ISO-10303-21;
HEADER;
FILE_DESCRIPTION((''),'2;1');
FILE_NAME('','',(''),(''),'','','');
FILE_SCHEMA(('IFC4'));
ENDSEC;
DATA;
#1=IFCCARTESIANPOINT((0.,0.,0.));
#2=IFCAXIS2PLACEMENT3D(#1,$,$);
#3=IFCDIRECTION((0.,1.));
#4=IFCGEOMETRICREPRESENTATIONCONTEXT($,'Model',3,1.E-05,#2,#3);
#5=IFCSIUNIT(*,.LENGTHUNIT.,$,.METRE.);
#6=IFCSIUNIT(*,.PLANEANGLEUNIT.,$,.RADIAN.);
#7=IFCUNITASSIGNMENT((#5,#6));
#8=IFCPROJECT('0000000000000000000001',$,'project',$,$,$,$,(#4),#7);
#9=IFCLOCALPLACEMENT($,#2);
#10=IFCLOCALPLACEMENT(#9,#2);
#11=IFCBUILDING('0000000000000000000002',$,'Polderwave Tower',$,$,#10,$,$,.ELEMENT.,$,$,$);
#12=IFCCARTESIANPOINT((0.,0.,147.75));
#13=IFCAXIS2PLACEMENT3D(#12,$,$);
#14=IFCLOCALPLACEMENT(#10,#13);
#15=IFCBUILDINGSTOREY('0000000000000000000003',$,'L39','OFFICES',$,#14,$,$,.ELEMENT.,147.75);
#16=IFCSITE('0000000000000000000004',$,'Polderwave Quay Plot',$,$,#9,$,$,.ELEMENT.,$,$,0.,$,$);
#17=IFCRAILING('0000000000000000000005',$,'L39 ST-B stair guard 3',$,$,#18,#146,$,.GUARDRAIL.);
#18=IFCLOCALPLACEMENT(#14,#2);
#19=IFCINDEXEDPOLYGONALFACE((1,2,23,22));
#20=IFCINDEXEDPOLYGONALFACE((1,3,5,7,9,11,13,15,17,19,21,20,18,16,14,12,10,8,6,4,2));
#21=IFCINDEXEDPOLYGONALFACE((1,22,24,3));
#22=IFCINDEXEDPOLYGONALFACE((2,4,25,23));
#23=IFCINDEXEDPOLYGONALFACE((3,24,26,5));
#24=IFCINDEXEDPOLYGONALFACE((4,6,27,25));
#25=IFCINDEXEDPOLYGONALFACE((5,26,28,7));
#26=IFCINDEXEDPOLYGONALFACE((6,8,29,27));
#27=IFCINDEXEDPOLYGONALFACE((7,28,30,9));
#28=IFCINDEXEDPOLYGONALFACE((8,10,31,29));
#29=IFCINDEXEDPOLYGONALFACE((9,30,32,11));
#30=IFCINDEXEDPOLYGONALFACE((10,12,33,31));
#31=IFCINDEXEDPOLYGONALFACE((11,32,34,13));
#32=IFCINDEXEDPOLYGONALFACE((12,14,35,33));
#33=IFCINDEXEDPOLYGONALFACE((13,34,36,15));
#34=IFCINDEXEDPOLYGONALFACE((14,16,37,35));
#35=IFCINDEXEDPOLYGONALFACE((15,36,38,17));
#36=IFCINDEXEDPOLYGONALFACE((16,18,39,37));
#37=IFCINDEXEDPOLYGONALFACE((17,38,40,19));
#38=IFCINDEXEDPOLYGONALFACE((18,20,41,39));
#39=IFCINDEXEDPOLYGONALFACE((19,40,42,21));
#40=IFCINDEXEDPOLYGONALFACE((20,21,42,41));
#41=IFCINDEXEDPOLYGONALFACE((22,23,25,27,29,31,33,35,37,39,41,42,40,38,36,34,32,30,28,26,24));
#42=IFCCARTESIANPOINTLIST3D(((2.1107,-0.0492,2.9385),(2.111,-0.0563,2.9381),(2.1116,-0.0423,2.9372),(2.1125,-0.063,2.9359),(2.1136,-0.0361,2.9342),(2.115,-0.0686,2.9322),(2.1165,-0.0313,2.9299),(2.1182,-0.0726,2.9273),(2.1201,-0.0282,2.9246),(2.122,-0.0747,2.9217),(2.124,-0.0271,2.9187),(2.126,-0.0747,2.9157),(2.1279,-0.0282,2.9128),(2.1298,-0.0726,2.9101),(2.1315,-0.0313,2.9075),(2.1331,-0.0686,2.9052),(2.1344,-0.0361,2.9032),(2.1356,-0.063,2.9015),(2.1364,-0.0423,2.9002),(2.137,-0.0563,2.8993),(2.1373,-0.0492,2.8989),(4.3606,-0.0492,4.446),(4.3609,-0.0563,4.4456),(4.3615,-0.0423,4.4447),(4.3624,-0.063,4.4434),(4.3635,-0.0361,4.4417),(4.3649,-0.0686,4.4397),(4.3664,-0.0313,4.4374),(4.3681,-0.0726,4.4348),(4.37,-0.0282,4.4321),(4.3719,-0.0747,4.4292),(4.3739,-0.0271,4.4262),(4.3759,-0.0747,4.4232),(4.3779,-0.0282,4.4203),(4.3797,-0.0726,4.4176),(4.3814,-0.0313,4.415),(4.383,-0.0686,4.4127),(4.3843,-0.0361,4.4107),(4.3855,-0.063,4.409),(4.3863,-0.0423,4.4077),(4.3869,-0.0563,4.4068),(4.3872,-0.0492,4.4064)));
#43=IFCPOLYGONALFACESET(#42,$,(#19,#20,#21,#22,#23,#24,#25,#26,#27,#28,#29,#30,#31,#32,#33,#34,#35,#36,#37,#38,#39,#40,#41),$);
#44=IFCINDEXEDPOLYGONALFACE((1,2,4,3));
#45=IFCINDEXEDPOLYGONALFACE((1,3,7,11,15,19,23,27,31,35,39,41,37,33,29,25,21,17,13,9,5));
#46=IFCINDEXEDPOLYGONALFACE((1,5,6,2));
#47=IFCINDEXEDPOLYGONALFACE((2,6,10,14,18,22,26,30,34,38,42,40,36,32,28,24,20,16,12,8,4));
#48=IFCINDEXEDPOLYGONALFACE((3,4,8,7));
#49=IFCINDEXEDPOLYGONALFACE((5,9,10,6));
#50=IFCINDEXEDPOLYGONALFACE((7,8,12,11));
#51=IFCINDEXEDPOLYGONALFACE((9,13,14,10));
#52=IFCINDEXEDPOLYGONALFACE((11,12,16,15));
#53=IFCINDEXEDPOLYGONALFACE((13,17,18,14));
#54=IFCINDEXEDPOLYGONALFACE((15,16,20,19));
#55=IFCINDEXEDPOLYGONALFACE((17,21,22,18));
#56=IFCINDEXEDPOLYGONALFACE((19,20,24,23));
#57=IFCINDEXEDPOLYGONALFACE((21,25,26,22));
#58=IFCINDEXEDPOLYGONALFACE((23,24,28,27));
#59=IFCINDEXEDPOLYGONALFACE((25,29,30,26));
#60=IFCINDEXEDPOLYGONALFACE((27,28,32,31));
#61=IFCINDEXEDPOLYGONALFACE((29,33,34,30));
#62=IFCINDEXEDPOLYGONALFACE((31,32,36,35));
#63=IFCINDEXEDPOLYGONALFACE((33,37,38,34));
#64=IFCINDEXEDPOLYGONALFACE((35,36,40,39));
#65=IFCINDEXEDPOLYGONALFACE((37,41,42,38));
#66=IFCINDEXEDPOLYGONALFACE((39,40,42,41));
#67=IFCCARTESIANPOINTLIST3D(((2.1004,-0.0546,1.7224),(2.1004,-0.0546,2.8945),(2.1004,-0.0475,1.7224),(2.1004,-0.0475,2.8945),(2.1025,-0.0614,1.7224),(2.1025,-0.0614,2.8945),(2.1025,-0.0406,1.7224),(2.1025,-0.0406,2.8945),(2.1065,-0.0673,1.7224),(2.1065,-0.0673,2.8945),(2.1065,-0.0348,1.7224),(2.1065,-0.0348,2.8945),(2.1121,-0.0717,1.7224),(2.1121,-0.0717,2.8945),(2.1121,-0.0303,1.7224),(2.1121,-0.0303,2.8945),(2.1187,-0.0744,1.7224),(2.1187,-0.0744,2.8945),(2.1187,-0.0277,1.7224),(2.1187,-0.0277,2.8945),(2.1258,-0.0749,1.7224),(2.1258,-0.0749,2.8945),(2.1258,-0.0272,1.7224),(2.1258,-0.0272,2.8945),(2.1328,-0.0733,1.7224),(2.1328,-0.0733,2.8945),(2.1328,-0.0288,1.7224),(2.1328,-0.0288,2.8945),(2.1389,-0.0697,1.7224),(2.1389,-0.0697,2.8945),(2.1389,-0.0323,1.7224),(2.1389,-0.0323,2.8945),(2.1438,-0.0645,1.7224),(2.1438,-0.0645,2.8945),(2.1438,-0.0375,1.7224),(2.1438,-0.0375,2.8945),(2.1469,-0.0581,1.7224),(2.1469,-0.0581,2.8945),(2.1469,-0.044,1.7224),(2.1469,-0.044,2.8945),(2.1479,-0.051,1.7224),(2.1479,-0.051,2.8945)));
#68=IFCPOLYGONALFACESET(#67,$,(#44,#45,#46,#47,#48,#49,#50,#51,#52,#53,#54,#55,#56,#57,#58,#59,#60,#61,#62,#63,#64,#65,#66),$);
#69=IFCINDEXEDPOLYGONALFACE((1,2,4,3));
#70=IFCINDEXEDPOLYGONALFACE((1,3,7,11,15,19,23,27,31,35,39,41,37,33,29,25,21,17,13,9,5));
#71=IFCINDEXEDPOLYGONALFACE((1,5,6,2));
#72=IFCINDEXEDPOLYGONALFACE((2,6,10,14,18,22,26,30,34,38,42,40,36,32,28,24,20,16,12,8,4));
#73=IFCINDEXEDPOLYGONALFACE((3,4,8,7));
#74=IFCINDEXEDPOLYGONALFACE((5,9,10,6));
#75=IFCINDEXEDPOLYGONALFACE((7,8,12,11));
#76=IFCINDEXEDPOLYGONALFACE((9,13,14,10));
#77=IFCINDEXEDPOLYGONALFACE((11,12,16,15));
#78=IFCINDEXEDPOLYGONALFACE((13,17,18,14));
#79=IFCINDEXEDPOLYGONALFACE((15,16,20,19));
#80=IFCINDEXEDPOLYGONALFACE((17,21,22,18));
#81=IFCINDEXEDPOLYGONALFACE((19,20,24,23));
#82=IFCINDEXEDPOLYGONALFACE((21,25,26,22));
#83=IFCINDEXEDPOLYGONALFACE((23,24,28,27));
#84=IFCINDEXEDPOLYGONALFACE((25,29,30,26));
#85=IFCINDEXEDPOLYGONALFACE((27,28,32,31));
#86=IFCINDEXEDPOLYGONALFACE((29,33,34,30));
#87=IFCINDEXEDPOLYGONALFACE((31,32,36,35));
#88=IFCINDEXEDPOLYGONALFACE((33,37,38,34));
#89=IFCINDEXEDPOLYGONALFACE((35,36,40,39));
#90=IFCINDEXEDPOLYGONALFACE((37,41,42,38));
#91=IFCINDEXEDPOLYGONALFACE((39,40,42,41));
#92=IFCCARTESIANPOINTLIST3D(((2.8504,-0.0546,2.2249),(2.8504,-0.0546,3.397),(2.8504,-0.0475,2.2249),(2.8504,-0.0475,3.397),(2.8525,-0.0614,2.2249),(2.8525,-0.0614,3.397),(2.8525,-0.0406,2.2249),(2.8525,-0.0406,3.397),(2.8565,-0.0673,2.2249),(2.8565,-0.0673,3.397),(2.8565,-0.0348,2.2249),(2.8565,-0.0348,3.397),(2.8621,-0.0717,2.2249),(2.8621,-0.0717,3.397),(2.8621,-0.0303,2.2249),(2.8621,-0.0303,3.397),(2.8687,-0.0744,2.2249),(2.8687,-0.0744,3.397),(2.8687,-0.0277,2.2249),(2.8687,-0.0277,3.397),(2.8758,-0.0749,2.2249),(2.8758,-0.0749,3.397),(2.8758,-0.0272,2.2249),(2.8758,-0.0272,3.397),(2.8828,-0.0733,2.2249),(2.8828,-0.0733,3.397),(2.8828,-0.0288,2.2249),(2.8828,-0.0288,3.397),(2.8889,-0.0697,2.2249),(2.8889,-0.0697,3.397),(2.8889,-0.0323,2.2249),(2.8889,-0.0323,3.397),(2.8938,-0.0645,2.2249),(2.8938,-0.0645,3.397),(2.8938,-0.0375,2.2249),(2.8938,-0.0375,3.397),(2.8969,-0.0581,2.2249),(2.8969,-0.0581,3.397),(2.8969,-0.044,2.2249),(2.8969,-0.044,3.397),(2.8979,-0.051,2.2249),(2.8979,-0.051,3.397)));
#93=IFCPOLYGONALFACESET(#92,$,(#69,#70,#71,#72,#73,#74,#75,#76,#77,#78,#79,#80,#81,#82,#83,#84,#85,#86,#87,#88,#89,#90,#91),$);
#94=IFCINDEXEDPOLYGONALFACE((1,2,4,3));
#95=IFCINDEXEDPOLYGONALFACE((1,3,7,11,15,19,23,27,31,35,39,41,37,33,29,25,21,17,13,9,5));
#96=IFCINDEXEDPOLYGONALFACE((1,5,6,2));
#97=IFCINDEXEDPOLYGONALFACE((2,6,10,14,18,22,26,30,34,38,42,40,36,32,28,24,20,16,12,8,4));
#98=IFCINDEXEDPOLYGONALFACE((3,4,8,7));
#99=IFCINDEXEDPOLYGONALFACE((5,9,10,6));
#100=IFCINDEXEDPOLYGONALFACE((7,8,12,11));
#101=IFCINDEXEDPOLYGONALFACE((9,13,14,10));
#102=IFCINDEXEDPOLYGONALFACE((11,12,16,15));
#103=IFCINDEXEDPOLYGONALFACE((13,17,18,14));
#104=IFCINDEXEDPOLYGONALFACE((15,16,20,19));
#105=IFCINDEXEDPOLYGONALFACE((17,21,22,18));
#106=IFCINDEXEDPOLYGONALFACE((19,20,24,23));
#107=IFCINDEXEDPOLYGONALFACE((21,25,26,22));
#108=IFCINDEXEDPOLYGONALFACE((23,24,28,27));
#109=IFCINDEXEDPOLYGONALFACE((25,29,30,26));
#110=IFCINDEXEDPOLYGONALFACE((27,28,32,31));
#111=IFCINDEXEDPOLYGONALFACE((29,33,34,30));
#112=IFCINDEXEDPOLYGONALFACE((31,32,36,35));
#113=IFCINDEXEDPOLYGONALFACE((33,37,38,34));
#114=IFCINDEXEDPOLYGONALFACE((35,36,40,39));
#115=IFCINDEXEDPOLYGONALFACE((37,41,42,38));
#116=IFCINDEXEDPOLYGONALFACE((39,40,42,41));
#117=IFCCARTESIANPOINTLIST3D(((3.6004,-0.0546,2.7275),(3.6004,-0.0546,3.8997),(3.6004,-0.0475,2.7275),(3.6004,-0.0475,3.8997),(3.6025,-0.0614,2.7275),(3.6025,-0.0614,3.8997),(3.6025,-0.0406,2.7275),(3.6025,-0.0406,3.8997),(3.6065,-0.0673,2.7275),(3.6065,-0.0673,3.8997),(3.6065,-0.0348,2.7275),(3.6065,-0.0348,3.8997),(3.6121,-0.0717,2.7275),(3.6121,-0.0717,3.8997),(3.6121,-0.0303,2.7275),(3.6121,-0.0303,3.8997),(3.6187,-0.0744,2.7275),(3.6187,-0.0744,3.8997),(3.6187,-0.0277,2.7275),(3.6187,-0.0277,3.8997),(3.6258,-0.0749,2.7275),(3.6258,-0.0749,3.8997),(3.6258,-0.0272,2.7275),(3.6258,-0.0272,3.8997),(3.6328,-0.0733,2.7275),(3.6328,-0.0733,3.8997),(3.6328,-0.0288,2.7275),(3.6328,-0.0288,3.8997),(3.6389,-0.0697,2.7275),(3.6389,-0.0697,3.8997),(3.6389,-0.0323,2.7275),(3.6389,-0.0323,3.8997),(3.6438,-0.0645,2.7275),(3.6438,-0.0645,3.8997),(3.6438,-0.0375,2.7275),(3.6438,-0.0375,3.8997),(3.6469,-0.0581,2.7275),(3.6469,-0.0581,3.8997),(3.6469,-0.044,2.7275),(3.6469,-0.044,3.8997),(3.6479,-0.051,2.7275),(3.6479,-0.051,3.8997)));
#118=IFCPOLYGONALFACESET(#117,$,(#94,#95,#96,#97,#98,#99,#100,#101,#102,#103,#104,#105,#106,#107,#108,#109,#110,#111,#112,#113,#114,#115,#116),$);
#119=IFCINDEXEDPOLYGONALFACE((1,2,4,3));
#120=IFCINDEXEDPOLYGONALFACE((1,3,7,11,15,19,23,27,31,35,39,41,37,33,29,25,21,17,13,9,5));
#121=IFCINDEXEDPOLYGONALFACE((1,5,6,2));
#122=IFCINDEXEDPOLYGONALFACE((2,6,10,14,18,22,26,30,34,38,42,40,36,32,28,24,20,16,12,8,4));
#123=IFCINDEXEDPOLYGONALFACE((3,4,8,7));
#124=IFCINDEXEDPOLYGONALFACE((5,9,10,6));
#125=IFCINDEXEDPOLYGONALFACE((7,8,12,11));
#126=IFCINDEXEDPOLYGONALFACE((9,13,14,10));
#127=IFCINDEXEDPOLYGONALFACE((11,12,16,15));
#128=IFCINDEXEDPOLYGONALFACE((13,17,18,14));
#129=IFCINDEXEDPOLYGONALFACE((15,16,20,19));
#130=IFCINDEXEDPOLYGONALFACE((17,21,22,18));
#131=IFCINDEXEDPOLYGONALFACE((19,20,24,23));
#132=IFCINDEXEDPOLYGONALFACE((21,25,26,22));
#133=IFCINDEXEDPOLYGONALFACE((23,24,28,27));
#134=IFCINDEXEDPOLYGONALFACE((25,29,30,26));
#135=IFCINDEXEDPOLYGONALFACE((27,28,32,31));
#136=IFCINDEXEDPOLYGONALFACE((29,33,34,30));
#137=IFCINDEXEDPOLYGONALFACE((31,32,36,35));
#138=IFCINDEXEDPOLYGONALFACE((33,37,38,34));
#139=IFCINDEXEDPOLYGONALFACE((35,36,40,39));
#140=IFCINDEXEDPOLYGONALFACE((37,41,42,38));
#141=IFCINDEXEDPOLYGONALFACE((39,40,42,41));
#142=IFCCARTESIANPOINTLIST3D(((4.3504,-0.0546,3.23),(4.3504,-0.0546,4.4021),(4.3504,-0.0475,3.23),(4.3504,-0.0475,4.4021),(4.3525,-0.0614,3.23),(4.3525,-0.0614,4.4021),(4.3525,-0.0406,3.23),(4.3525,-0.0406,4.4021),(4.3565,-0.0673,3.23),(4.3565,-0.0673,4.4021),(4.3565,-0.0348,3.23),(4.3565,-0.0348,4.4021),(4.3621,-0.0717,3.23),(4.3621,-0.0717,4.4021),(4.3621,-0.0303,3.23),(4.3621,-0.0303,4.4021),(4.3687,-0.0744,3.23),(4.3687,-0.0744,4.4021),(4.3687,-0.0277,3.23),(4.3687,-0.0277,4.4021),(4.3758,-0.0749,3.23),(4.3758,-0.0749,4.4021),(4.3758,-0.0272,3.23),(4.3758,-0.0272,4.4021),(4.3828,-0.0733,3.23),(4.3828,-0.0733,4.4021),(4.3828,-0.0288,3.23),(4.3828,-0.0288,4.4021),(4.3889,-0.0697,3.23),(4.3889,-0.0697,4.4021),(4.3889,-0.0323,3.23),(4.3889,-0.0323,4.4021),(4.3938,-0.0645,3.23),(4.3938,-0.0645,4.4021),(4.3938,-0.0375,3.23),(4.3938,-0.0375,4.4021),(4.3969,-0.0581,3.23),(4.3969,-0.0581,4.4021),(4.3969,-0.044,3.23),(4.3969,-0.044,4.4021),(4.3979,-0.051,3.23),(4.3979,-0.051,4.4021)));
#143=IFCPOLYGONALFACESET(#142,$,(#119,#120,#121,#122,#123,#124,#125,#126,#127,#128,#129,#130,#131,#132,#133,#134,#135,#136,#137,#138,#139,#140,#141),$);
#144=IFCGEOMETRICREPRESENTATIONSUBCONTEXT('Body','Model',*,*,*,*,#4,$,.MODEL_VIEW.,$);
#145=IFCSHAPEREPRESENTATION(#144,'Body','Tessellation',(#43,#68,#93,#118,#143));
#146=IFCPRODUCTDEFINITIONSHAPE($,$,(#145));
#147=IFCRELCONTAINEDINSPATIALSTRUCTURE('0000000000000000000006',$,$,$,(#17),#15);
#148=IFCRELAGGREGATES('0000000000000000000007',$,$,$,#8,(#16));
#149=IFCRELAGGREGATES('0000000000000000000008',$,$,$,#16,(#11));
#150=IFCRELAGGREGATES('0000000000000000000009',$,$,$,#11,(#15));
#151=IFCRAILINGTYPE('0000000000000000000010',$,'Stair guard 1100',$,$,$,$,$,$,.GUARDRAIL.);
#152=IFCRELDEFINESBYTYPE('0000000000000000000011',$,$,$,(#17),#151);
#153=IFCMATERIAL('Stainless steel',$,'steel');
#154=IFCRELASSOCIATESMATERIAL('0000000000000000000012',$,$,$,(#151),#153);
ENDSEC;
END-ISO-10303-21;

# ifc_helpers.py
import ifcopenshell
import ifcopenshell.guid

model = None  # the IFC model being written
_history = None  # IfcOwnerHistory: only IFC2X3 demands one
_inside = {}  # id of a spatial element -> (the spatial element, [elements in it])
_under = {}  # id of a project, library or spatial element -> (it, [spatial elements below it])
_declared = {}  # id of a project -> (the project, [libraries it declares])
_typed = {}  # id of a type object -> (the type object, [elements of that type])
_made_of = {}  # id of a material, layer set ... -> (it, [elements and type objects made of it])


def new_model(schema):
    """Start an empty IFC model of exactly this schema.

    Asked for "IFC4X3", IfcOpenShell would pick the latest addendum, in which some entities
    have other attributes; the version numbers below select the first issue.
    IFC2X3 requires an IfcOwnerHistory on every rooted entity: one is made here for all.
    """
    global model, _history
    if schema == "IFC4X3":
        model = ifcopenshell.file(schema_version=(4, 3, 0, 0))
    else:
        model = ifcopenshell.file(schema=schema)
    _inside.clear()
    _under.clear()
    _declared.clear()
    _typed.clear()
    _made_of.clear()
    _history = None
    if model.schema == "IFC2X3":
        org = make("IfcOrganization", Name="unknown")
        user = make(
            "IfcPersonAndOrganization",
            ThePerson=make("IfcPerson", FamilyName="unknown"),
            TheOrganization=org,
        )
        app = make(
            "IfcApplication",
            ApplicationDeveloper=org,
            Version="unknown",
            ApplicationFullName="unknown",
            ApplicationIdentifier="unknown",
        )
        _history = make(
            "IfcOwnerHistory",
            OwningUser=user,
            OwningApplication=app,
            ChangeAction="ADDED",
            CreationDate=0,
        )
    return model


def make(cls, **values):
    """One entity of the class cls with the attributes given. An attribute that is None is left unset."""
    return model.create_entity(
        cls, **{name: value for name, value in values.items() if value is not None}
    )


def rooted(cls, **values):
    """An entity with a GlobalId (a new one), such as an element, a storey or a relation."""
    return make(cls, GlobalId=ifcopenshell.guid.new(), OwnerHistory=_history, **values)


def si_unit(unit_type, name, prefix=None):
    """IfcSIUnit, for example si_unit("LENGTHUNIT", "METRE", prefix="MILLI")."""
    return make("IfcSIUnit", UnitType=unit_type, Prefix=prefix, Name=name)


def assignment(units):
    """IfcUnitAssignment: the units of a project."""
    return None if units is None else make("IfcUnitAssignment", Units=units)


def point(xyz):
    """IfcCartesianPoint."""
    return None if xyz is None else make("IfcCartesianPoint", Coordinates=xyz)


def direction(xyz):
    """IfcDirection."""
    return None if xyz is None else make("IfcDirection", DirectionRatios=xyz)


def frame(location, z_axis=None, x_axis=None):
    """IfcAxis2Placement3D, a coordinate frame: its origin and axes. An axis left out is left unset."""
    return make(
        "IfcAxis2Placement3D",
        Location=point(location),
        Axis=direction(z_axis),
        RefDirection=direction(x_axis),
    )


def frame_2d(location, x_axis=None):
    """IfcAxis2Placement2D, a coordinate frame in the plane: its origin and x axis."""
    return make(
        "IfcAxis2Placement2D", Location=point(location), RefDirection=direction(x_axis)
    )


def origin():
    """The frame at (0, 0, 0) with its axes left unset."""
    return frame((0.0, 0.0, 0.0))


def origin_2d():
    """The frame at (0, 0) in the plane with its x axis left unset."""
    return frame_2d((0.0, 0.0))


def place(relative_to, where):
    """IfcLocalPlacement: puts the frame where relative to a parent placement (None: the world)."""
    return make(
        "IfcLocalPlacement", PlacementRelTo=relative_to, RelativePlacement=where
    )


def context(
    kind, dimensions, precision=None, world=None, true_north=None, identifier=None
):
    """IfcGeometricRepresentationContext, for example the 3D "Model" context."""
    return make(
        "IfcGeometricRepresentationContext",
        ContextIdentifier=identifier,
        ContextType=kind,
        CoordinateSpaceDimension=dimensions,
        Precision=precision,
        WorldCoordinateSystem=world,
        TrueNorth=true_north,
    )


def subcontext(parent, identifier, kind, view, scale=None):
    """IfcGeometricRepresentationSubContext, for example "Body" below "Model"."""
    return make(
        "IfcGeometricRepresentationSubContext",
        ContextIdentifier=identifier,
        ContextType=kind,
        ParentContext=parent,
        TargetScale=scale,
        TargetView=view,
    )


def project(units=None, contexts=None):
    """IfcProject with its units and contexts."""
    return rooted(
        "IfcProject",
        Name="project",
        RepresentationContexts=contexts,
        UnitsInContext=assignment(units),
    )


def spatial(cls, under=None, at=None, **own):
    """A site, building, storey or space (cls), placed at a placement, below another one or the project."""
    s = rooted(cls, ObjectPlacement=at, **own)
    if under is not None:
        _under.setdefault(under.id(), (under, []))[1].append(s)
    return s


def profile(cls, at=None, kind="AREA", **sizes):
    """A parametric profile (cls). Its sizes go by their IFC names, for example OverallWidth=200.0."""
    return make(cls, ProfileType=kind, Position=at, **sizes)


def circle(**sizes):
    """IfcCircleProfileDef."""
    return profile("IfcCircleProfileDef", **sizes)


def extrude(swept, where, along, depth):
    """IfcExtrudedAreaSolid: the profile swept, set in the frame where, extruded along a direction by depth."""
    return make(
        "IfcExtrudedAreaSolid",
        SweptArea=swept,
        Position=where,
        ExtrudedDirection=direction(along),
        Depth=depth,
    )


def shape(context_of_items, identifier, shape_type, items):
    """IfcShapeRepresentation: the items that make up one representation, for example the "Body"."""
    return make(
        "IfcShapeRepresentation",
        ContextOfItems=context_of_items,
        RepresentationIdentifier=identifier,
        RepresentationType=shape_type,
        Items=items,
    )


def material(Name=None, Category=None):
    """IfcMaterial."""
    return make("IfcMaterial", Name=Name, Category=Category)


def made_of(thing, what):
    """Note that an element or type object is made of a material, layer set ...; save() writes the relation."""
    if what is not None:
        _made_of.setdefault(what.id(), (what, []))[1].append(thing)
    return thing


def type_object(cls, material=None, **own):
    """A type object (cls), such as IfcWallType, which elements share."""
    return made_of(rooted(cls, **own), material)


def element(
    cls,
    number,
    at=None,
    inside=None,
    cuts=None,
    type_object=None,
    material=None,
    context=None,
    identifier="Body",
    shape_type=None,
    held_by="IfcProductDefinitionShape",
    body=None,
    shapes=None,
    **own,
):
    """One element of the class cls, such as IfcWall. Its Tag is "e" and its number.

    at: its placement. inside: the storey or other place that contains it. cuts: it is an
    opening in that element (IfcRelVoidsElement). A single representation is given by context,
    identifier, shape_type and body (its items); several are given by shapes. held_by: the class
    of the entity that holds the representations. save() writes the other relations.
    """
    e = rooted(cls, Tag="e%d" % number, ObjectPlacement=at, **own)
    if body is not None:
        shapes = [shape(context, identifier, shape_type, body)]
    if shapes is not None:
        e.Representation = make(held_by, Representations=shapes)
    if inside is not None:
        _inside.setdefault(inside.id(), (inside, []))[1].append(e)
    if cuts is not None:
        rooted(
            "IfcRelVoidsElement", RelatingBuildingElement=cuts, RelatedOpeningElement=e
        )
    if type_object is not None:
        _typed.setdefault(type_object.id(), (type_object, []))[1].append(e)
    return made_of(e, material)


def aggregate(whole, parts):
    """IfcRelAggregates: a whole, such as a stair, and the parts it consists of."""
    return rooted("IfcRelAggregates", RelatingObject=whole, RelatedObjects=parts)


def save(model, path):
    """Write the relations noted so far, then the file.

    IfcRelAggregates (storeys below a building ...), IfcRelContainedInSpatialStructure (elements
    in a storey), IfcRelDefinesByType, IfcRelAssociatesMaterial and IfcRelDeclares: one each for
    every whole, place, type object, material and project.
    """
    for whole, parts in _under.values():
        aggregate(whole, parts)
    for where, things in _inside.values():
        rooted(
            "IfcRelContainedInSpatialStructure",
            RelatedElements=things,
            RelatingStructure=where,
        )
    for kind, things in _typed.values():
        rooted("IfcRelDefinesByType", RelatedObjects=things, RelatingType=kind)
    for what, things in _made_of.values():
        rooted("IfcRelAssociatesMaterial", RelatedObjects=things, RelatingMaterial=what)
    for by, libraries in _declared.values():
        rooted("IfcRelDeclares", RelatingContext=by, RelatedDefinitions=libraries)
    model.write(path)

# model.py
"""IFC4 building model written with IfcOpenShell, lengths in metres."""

from ifc_helpers import new_model, si_unit, direction, frame, origin, origin_2d, place, context, subcontext, project, spatial, circle, extrude, material, type_object, element, save


model = new_model("IFC4")

# Units and contexts
model_context = context("Model", 3, precision=1e-05, world=origin(), true_north=direction((0.0, 1.0)))
body_context = subcontext(model_context, "Body", "Model", "MODEL_VIEW")
ifc_project = project(units=[si_unit("LENGTHUNIT", "METRE"), si_unit("PLANEANGLEUNIT", "RADIAN")], contexts=[model_context])

# Site, building, storey
site_placement = place(None, origin())
site = spatial("IfcSite", under=ifc_project, at=site_placement, Name="Polderwave Quay Plot", CompositionType="ELEMENT", RefElevation=0.0)
building_placement = place(site_placement, origin())
building = spatial("IfcBuilding", under=site, at=building_placement, Name="Polderwave Tower", CompositionType="ELEMENT")
storey_placement = place(building_placement, frame((0.0, 0.0, 147.75)))
storey = spatial("IfcBuildingStorey", under=building, at=storey_placement, Name="L39", Description="OFFICES", CompositionType="ELEMENT", Elevation=147.75)

# Railing
ifc_material_1 = material(Name="Stainless steel", Category="steel")
railing_type_1 = type_object("IfcRailingType", Name="Stair guard 1100", PredefinedType="GUARDRAIL", material=ifc_material_1)
railing_1_placement = place(storey_placement, frame((2.124, -0.051, 1.7224)))
element("IfcRailing", 1, at=railing_1_placement, inside=storey, type_object=railing_type_1, Name="L39 ST-B stair guard 3", PredefinedType="GUARDRAIL", context=body_context, shape_type="SweptSolid", body=[
    extrude(circle(Radius=0.0239, at=origin_2d()), frame((0.0, 0.0, 1.1963), z_axis=(0.830758, 0.0, 0.556633), x_axis=(0.0, 1.0, 0.0)), (0.0, 0.0, 1.0), 2.7083),
    extrude(circle(Radius=0.0239, at=origin_2d()), origin(), (0.0, 0.0, 1.0), 1.1721),
    extrude(circle(Radius=0.0239, at=origin_2d()), frame((0.75, 0.0, 0.5024)), (0.0, 0.0, 1.0), 1.1721),
    extrude(circle(Radius=0.0239, at=origin_2d()), frame((1.5, 0.0, 1.0051)), (0.0, 0.0, 1.0), 1.1721),
    extrude(circle(Radius=0.0239, at=origin_2d()), frame((2.25, 0.0, 1.5076)), (0.0, 0.0, 1.0), 1.1721),
])

save(model, "model.ifc")
